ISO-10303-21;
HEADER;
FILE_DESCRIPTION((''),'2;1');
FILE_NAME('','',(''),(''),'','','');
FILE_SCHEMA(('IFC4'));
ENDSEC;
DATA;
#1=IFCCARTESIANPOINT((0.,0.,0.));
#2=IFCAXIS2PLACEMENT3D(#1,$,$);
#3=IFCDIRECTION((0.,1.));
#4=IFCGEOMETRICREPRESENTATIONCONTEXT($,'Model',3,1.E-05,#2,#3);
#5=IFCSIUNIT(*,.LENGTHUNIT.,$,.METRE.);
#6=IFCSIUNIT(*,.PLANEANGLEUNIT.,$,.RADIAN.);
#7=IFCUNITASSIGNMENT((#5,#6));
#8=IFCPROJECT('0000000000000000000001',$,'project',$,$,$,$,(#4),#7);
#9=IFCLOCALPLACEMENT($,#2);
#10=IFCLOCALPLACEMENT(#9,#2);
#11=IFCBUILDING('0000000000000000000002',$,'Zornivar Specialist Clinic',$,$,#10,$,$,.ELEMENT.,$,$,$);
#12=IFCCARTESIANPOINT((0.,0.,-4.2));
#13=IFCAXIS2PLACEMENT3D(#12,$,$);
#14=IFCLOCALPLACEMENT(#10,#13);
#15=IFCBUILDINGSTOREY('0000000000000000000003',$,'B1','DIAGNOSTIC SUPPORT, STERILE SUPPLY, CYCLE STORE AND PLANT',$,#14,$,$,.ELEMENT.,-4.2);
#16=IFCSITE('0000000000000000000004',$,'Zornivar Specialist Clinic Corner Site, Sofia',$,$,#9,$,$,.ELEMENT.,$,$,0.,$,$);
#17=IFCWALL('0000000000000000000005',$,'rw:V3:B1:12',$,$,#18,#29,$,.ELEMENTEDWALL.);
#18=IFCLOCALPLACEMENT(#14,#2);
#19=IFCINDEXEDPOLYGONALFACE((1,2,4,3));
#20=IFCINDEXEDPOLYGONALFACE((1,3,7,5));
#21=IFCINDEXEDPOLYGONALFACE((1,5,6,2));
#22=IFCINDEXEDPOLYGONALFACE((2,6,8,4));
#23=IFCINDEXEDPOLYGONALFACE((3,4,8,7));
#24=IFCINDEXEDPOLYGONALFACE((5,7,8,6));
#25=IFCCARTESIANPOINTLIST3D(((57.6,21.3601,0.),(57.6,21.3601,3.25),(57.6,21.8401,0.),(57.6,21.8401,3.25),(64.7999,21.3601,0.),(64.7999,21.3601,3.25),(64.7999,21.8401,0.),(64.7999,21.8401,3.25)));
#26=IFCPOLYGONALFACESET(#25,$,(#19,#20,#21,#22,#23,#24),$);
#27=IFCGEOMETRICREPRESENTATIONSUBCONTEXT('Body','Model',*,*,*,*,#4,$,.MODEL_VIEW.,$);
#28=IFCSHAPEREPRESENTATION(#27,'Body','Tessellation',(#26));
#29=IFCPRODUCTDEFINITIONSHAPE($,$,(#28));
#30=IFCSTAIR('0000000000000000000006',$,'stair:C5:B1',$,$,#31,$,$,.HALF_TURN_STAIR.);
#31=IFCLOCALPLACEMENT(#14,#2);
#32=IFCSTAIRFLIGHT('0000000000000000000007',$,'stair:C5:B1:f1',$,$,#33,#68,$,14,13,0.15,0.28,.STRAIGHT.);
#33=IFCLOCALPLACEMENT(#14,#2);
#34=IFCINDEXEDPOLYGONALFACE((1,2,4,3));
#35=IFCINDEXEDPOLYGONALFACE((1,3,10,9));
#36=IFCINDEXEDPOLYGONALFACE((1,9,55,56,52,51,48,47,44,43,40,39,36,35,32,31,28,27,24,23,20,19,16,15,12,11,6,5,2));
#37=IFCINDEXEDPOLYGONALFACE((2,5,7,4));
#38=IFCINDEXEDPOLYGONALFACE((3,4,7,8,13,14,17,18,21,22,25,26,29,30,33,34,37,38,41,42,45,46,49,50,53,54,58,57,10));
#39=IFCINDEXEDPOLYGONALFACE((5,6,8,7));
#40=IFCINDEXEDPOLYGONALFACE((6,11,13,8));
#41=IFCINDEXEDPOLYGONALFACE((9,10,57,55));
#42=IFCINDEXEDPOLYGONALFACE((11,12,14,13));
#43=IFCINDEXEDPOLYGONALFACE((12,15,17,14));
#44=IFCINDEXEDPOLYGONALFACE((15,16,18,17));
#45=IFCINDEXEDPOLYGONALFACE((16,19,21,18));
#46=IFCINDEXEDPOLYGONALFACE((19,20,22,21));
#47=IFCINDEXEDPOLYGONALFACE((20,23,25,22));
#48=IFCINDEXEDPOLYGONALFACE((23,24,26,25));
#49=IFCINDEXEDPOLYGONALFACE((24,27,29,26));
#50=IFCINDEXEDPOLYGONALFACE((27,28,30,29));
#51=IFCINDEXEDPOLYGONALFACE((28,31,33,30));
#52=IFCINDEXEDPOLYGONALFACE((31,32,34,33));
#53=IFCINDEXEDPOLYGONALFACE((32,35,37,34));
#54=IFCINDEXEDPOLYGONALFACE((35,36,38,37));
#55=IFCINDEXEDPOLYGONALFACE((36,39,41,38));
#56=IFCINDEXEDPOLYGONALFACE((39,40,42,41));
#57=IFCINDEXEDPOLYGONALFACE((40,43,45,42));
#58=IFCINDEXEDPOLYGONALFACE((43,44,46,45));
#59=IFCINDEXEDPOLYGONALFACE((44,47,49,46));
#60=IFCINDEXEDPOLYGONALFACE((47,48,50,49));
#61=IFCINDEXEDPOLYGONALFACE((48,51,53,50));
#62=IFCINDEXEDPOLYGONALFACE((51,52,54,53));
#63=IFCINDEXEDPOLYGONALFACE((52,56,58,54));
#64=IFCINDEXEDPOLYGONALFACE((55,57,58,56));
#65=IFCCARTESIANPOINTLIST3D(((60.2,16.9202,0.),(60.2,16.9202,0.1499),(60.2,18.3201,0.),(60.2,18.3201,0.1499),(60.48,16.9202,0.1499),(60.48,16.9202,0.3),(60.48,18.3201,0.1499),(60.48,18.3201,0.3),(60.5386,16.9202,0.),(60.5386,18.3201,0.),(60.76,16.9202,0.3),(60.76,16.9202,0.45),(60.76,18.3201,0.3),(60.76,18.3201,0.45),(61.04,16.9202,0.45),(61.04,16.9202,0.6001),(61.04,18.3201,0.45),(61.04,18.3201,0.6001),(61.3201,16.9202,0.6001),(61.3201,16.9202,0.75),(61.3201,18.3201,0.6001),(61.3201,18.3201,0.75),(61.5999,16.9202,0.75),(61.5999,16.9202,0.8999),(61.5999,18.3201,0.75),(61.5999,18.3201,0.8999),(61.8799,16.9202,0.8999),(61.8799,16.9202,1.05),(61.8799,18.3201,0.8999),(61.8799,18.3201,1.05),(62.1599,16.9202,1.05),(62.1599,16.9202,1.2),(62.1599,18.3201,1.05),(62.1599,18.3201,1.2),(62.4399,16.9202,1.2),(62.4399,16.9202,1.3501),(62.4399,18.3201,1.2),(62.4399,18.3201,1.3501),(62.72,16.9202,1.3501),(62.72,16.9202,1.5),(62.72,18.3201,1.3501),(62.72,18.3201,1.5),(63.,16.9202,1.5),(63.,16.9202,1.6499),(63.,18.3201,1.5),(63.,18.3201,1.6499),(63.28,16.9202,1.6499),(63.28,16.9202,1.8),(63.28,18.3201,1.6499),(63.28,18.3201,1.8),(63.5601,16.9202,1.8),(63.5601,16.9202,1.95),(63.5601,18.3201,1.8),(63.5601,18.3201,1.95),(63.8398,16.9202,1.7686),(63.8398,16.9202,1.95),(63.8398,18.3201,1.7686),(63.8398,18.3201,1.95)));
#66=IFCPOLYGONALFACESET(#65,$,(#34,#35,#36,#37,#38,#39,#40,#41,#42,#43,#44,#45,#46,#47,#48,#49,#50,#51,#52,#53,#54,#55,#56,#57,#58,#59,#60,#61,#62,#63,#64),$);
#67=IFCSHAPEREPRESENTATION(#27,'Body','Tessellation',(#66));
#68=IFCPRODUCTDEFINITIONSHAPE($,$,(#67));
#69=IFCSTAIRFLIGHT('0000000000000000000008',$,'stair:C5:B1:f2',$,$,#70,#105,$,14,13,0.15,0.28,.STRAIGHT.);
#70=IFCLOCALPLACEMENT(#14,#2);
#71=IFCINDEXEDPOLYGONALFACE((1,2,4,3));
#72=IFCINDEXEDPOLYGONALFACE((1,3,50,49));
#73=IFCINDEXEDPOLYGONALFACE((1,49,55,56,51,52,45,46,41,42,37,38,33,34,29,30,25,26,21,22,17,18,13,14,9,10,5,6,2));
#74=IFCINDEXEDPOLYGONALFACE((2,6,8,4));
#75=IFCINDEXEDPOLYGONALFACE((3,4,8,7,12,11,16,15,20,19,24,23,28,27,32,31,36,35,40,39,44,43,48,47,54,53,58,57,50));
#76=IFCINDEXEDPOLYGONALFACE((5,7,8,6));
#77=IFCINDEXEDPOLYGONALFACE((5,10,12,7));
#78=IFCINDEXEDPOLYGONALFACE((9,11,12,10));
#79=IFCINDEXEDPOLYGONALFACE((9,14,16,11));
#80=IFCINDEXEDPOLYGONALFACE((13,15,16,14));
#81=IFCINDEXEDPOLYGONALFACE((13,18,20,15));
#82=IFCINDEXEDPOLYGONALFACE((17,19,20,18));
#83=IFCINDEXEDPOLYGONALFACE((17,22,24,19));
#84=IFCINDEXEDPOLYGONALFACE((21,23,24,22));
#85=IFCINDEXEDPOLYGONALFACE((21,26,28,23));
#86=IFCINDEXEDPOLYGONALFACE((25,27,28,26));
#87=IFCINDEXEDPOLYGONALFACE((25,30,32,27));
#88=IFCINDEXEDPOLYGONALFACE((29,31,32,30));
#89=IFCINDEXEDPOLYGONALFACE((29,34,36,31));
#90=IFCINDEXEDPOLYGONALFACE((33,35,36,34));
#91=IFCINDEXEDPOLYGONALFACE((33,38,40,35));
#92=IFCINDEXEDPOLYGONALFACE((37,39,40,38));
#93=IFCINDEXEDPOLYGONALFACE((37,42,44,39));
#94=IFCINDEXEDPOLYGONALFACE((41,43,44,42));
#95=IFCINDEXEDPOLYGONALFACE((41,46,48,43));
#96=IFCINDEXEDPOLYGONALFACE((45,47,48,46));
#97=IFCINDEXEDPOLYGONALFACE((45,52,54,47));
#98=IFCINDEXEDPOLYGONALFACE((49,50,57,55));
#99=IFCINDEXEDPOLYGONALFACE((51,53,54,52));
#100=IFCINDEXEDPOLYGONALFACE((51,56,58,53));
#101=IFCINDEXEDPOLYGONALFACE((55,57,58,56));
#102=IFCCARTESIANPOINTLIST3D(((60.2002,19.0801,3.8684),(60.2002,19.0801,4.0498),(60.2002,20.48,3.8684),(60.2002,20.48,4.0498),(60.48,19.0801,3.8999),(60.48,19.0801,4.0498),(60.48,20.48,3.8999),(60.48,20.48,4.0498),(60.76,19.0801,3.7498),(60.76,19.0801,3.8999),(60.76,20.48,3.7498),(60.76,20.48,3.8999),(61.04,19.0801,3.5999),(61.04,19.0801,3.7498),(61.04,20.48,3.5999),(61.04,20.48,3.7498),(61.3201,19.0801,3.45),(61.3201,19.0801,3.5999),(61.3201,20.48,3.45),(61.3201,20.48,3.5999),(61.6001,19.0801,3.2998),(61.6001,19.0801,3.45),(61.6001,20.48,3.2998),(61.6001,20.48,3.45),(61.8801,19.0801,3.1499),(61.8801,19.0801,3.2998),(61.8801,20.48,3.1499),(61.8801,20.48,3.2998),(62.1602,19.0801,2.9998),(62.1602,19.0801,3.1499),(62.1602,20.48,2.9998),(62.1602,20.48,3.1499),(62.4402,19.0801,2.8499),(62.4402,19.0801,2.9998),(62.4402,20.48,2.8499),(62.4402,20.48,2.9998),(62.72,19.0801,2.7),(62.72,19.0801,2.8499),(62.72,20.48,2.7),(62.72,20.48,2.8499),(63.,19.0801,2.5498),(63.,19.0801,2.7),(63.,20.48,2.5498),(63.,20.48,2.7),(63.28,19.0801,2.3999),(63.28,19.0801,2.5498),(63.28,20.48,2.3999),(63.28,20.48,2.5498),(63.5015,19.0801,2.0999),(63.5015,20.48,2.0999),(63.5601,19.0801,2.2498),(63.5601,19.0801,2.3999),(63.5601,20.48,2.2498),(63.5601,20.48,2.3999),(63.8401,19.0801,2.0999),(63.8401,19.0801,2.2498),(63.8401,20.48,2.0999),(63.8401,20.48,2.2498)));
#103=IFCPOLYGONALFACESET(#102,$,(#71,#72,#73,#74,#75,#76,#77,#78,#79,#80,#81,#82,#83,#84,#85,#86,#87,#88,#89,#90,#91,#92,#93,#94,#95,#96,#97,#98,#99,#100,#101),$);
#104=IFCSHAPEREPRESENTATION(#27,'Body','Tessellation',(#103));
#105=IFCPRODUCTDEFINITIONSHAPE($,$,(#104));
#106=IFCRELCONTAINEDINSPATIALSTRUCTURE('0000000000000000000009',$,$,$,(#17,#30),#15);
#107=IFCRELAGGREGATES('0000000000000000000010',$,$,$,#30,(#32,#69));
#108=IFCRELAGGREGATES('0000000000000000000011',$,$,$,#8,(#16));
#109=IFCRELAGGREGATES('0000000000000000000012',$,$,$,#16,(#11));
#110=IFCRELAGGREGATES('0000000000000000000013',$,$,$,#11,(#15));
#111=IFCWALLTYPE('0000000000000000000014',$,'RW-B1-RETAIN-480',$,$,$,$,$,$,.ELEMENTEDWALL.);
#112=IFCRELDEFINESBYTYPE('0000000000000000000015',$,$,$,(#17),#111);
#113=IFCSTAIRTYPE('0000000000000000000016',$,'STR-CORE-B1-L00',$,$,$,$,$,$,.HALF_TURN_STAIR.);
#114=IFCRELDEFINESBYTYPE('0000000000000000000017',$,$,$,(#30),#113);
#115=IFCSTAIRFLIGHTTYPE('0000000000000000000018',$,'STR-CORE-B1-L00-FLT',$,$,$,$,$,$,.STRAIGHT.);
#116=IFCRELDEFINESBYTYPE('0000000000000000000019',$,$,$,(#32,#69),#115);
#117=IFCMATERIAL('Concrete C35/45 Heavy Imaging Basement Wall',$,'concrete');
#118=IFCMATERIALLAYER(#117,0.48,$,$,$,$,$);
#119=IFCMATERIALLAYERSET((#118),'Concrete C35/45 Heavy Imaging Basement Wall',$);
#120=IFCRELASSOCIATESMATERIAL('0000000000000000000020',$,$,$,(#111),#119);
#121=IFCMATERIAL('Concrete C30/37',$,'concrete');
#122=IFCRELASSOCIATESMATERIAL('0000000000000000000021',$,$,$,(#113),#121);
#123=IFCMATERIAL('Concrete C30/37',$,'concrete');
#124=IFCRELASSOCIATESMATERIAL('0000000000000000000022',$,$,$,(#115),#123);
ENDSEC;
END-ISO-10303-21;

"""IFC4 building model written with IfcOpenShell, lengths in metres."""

from ifc_helpers import new_model, si_unit, direction, frame, frame_2d, origin, place, context, subcontext, project, spatial, polyline, rectangle, outline, extrude, material, layer, layer_set, type_object, element, aggregate, save


model = new_model("IFC4")

# Units and contexts
model_context = context("Model", 3, precision=1e-05, world=origin(), true_north=direction((0.0, 1.0)))
body_context = subcontext(model_context, "Body", "Model", "MODEL_VIEW")
ifc_project = project(units=[si_unit("LENGTHUNIT", "METRE"), si_unit("PLANEANGLEUNIT", "RADIAN")], contexts=[model_context])

# Site, building, storey
site_placement = place(None, origin())
site = spatial("IfcSite", under=ifc_project, at=site_placement, Name="Zornivar Specialist Clinic Corner Site, Sofia", CompositionType="ELEMENT", RefElevation=0.0)
building_placement = place(site_placement, origin())
building = spatial("IfcBuilding", under=site, at=building_placement, Name="Zornivar Specialist Clinic", CompositionType="ELEMENT")
storey_placement = place(building_placement, frame((0.0, 0.0, -4.2)))
storey = spatial("IfcBuildingStorey", under=building, at=storey_placement, Name="B1", Description="DIAGNOSTIC SUPPORT, STERILE SUPPLY, CYCLE STORE AND PLANT", CompositionType="ELEMENT", Elevation=-4.2)

# Wall
ifc_material_1 = material(Name="Concrete C35/45 Heavy Imaging Basement Wall", Category="concrete")
ifc_layer = layer(ifc_material_1, 0.48)
ifc_layer_set = layer_set([ifc_layer], Name="Concrete C35/45 Heavy Imaging Basement Wall")
wall_type = type_object("IfcWallType", Name="RW-B1-RETAIN-480", PredefinedType="ELEMENTEDWALL", material=ifc_layer_set)
wall_placement = place(storey_placement, frame((64.8, 21.6001, 0.0), z_axis=(0.0, 0.0, 1.0), x_axis=(-1.0, 0.0, 0.0)))
element("IfcWall", 1, at=wall_placement, inside=storey, type_object=wall_type, Name="rw:V3:B1:12", PredefinedType="ELEMENTEDWALL", context=body_context, shape_type="SweptSolid", body=[
    extrude(rectangle(XDim=7.2, YDim=0.48, at=frame_2d((3.6001, 0.0))), origin(), (0.0, 0.0, 1.0), 3.25),
])

# Stair, stair flights
ifc_material_2 = material(Name="Concrete C30/37", Category="concrete")
stair_type = type_object("IfcStairType", Name="STR-CORE-B1-L00", PredefinedType="HALF_TURN_STAIR", material=ifc_material_2)
stair_placement = place(storey_placement, origin())
stair = element("IfcStair", 2, at=stair_placement, inside=storey, type_object=stair_type, Name="stair:C5:B1", PredefinedType="HALF_TURN_STAIR")
ifc_material_3 = material(Name="Concrete C30/37", Category="concrete")
stair_flight_type = type_object("IfcStairFlightType", Name="STR-CORE-B1-L00-FLT", PredefinedType="STRAIGHT", material=ifc_material_3)
stair_flight_1_placement = place(storey_placement, frame((60.2, 17.6201, 0.0), z_axis=(0.0, 0.0, 1.0), x_axis=(1.0, 0.0, 0.0)))
stair_flight_1 = element("IfcStairFlight", 3, at=stair_flight_1_placement, type_object=stair_flight_type, Name="stair:C5:B1:f1", NumberOfRisers=14, NumberOfTreads=13, PredefinedType="STRAIGHT", RiserHeight=0.15, TreadLength=0.28, context=body_context, shape_type="SweptSolid", body=[
    extrude(outline(polyline([(0.0, 0.0), (0.0, 0.1499), (0.28, 0.1499), (0.28, 0.3), (0.5601, 0.3), (0.5601, 0.45), (0.8401, 0.45), (0.8401, 0.6001), (1.1201, 0.6001), (1.1201, 0.75), (1.3999, 0.75), (1.3999, 0.8999), (1.6799, 0.8999), (1.6799, 1.05), (1.96, 1.05), (1.96, 1.2), (2.24, 1.2), (2.24, 1.3501), (2.52, 1.3501), (2.52, 1.5), (2.8, 1.5), (2.8, 1.6499), (3.0801, 1.6499), (3.0801, 1.8), (3.3601, 1.8), (3.3601, 1.95), (3.6399, 1.95), (3.6399, 2.1001), (3.6399, 1.7686), (0.3386, 0.0), (0.0, 0.0)])), frame((0.0, 0.7, 0.0), z_axis=(0.0, -1.0, 0.0), x_axis=(1.0, 0.0, 0.0)), (0.0, 0.0, 1.0), 1.3999),
])
stair_flight_2_placement = place(storey_placement, frame((63.8401, 19.78, 2.0999), z_axis=(0.0, 0.0, 1.0), x_axis=(-1.0, 0.0, 0.0)))
stair_flight_2 = element("IfcStairFlight", 4, at=stair_flight_2_placement, type_object=stair_flight_type, Name="stair:C5:B1:f2", NumberOfRisers=14, NumberOfTreads=13, PredefinedType="STRAIGHT", RiserHeight=0.15, TreadLength=0.28, context=body_context, shape_type="SweptSolid", body=[
    extrude(outline(polyline([(0.0, 0.0), (0.0, 0.1499), (0.28, 0.1499), (0.28, 0.3), (0.5601, 0.3), (0.5601, 0.45), (0.8401, 0.45), (0.8401, 0.6001), (1.1201, 0.6001), (1.1201, 0.75), (1.3999, 0.75), (1.3999, 0.8999), (1.6799, 0.8999), (1.6799, 1.05), (1.96, 1.05), (1.96, 1.2), (2.24, 1.2), (2.24, 1.3501), (2.52, 1.3501), (2.52, 1.5), (2.8, 1.5), (2.8, 1.6499), (3.0801, 1.6499), (3.0801, 1.8), (3.3601, 1.8), (3.3601, 1.95), (3.6399, 1.95), (3.6399, 2.1001), (3.6399, 1.7686), (0.3386, 0.0), (0.0, 0.0)])), frame((0.0, 0.7, 0.0), z_axis=(0.0, -1.0, 0.0), x_axis=(1.0, 0.0, 0.0)), (0.0, 0.0, 1.0), 1.3999),
])
aggregate(stair, [stair_flight_1, stair_flight_2])

save(model, "model.ifc")
